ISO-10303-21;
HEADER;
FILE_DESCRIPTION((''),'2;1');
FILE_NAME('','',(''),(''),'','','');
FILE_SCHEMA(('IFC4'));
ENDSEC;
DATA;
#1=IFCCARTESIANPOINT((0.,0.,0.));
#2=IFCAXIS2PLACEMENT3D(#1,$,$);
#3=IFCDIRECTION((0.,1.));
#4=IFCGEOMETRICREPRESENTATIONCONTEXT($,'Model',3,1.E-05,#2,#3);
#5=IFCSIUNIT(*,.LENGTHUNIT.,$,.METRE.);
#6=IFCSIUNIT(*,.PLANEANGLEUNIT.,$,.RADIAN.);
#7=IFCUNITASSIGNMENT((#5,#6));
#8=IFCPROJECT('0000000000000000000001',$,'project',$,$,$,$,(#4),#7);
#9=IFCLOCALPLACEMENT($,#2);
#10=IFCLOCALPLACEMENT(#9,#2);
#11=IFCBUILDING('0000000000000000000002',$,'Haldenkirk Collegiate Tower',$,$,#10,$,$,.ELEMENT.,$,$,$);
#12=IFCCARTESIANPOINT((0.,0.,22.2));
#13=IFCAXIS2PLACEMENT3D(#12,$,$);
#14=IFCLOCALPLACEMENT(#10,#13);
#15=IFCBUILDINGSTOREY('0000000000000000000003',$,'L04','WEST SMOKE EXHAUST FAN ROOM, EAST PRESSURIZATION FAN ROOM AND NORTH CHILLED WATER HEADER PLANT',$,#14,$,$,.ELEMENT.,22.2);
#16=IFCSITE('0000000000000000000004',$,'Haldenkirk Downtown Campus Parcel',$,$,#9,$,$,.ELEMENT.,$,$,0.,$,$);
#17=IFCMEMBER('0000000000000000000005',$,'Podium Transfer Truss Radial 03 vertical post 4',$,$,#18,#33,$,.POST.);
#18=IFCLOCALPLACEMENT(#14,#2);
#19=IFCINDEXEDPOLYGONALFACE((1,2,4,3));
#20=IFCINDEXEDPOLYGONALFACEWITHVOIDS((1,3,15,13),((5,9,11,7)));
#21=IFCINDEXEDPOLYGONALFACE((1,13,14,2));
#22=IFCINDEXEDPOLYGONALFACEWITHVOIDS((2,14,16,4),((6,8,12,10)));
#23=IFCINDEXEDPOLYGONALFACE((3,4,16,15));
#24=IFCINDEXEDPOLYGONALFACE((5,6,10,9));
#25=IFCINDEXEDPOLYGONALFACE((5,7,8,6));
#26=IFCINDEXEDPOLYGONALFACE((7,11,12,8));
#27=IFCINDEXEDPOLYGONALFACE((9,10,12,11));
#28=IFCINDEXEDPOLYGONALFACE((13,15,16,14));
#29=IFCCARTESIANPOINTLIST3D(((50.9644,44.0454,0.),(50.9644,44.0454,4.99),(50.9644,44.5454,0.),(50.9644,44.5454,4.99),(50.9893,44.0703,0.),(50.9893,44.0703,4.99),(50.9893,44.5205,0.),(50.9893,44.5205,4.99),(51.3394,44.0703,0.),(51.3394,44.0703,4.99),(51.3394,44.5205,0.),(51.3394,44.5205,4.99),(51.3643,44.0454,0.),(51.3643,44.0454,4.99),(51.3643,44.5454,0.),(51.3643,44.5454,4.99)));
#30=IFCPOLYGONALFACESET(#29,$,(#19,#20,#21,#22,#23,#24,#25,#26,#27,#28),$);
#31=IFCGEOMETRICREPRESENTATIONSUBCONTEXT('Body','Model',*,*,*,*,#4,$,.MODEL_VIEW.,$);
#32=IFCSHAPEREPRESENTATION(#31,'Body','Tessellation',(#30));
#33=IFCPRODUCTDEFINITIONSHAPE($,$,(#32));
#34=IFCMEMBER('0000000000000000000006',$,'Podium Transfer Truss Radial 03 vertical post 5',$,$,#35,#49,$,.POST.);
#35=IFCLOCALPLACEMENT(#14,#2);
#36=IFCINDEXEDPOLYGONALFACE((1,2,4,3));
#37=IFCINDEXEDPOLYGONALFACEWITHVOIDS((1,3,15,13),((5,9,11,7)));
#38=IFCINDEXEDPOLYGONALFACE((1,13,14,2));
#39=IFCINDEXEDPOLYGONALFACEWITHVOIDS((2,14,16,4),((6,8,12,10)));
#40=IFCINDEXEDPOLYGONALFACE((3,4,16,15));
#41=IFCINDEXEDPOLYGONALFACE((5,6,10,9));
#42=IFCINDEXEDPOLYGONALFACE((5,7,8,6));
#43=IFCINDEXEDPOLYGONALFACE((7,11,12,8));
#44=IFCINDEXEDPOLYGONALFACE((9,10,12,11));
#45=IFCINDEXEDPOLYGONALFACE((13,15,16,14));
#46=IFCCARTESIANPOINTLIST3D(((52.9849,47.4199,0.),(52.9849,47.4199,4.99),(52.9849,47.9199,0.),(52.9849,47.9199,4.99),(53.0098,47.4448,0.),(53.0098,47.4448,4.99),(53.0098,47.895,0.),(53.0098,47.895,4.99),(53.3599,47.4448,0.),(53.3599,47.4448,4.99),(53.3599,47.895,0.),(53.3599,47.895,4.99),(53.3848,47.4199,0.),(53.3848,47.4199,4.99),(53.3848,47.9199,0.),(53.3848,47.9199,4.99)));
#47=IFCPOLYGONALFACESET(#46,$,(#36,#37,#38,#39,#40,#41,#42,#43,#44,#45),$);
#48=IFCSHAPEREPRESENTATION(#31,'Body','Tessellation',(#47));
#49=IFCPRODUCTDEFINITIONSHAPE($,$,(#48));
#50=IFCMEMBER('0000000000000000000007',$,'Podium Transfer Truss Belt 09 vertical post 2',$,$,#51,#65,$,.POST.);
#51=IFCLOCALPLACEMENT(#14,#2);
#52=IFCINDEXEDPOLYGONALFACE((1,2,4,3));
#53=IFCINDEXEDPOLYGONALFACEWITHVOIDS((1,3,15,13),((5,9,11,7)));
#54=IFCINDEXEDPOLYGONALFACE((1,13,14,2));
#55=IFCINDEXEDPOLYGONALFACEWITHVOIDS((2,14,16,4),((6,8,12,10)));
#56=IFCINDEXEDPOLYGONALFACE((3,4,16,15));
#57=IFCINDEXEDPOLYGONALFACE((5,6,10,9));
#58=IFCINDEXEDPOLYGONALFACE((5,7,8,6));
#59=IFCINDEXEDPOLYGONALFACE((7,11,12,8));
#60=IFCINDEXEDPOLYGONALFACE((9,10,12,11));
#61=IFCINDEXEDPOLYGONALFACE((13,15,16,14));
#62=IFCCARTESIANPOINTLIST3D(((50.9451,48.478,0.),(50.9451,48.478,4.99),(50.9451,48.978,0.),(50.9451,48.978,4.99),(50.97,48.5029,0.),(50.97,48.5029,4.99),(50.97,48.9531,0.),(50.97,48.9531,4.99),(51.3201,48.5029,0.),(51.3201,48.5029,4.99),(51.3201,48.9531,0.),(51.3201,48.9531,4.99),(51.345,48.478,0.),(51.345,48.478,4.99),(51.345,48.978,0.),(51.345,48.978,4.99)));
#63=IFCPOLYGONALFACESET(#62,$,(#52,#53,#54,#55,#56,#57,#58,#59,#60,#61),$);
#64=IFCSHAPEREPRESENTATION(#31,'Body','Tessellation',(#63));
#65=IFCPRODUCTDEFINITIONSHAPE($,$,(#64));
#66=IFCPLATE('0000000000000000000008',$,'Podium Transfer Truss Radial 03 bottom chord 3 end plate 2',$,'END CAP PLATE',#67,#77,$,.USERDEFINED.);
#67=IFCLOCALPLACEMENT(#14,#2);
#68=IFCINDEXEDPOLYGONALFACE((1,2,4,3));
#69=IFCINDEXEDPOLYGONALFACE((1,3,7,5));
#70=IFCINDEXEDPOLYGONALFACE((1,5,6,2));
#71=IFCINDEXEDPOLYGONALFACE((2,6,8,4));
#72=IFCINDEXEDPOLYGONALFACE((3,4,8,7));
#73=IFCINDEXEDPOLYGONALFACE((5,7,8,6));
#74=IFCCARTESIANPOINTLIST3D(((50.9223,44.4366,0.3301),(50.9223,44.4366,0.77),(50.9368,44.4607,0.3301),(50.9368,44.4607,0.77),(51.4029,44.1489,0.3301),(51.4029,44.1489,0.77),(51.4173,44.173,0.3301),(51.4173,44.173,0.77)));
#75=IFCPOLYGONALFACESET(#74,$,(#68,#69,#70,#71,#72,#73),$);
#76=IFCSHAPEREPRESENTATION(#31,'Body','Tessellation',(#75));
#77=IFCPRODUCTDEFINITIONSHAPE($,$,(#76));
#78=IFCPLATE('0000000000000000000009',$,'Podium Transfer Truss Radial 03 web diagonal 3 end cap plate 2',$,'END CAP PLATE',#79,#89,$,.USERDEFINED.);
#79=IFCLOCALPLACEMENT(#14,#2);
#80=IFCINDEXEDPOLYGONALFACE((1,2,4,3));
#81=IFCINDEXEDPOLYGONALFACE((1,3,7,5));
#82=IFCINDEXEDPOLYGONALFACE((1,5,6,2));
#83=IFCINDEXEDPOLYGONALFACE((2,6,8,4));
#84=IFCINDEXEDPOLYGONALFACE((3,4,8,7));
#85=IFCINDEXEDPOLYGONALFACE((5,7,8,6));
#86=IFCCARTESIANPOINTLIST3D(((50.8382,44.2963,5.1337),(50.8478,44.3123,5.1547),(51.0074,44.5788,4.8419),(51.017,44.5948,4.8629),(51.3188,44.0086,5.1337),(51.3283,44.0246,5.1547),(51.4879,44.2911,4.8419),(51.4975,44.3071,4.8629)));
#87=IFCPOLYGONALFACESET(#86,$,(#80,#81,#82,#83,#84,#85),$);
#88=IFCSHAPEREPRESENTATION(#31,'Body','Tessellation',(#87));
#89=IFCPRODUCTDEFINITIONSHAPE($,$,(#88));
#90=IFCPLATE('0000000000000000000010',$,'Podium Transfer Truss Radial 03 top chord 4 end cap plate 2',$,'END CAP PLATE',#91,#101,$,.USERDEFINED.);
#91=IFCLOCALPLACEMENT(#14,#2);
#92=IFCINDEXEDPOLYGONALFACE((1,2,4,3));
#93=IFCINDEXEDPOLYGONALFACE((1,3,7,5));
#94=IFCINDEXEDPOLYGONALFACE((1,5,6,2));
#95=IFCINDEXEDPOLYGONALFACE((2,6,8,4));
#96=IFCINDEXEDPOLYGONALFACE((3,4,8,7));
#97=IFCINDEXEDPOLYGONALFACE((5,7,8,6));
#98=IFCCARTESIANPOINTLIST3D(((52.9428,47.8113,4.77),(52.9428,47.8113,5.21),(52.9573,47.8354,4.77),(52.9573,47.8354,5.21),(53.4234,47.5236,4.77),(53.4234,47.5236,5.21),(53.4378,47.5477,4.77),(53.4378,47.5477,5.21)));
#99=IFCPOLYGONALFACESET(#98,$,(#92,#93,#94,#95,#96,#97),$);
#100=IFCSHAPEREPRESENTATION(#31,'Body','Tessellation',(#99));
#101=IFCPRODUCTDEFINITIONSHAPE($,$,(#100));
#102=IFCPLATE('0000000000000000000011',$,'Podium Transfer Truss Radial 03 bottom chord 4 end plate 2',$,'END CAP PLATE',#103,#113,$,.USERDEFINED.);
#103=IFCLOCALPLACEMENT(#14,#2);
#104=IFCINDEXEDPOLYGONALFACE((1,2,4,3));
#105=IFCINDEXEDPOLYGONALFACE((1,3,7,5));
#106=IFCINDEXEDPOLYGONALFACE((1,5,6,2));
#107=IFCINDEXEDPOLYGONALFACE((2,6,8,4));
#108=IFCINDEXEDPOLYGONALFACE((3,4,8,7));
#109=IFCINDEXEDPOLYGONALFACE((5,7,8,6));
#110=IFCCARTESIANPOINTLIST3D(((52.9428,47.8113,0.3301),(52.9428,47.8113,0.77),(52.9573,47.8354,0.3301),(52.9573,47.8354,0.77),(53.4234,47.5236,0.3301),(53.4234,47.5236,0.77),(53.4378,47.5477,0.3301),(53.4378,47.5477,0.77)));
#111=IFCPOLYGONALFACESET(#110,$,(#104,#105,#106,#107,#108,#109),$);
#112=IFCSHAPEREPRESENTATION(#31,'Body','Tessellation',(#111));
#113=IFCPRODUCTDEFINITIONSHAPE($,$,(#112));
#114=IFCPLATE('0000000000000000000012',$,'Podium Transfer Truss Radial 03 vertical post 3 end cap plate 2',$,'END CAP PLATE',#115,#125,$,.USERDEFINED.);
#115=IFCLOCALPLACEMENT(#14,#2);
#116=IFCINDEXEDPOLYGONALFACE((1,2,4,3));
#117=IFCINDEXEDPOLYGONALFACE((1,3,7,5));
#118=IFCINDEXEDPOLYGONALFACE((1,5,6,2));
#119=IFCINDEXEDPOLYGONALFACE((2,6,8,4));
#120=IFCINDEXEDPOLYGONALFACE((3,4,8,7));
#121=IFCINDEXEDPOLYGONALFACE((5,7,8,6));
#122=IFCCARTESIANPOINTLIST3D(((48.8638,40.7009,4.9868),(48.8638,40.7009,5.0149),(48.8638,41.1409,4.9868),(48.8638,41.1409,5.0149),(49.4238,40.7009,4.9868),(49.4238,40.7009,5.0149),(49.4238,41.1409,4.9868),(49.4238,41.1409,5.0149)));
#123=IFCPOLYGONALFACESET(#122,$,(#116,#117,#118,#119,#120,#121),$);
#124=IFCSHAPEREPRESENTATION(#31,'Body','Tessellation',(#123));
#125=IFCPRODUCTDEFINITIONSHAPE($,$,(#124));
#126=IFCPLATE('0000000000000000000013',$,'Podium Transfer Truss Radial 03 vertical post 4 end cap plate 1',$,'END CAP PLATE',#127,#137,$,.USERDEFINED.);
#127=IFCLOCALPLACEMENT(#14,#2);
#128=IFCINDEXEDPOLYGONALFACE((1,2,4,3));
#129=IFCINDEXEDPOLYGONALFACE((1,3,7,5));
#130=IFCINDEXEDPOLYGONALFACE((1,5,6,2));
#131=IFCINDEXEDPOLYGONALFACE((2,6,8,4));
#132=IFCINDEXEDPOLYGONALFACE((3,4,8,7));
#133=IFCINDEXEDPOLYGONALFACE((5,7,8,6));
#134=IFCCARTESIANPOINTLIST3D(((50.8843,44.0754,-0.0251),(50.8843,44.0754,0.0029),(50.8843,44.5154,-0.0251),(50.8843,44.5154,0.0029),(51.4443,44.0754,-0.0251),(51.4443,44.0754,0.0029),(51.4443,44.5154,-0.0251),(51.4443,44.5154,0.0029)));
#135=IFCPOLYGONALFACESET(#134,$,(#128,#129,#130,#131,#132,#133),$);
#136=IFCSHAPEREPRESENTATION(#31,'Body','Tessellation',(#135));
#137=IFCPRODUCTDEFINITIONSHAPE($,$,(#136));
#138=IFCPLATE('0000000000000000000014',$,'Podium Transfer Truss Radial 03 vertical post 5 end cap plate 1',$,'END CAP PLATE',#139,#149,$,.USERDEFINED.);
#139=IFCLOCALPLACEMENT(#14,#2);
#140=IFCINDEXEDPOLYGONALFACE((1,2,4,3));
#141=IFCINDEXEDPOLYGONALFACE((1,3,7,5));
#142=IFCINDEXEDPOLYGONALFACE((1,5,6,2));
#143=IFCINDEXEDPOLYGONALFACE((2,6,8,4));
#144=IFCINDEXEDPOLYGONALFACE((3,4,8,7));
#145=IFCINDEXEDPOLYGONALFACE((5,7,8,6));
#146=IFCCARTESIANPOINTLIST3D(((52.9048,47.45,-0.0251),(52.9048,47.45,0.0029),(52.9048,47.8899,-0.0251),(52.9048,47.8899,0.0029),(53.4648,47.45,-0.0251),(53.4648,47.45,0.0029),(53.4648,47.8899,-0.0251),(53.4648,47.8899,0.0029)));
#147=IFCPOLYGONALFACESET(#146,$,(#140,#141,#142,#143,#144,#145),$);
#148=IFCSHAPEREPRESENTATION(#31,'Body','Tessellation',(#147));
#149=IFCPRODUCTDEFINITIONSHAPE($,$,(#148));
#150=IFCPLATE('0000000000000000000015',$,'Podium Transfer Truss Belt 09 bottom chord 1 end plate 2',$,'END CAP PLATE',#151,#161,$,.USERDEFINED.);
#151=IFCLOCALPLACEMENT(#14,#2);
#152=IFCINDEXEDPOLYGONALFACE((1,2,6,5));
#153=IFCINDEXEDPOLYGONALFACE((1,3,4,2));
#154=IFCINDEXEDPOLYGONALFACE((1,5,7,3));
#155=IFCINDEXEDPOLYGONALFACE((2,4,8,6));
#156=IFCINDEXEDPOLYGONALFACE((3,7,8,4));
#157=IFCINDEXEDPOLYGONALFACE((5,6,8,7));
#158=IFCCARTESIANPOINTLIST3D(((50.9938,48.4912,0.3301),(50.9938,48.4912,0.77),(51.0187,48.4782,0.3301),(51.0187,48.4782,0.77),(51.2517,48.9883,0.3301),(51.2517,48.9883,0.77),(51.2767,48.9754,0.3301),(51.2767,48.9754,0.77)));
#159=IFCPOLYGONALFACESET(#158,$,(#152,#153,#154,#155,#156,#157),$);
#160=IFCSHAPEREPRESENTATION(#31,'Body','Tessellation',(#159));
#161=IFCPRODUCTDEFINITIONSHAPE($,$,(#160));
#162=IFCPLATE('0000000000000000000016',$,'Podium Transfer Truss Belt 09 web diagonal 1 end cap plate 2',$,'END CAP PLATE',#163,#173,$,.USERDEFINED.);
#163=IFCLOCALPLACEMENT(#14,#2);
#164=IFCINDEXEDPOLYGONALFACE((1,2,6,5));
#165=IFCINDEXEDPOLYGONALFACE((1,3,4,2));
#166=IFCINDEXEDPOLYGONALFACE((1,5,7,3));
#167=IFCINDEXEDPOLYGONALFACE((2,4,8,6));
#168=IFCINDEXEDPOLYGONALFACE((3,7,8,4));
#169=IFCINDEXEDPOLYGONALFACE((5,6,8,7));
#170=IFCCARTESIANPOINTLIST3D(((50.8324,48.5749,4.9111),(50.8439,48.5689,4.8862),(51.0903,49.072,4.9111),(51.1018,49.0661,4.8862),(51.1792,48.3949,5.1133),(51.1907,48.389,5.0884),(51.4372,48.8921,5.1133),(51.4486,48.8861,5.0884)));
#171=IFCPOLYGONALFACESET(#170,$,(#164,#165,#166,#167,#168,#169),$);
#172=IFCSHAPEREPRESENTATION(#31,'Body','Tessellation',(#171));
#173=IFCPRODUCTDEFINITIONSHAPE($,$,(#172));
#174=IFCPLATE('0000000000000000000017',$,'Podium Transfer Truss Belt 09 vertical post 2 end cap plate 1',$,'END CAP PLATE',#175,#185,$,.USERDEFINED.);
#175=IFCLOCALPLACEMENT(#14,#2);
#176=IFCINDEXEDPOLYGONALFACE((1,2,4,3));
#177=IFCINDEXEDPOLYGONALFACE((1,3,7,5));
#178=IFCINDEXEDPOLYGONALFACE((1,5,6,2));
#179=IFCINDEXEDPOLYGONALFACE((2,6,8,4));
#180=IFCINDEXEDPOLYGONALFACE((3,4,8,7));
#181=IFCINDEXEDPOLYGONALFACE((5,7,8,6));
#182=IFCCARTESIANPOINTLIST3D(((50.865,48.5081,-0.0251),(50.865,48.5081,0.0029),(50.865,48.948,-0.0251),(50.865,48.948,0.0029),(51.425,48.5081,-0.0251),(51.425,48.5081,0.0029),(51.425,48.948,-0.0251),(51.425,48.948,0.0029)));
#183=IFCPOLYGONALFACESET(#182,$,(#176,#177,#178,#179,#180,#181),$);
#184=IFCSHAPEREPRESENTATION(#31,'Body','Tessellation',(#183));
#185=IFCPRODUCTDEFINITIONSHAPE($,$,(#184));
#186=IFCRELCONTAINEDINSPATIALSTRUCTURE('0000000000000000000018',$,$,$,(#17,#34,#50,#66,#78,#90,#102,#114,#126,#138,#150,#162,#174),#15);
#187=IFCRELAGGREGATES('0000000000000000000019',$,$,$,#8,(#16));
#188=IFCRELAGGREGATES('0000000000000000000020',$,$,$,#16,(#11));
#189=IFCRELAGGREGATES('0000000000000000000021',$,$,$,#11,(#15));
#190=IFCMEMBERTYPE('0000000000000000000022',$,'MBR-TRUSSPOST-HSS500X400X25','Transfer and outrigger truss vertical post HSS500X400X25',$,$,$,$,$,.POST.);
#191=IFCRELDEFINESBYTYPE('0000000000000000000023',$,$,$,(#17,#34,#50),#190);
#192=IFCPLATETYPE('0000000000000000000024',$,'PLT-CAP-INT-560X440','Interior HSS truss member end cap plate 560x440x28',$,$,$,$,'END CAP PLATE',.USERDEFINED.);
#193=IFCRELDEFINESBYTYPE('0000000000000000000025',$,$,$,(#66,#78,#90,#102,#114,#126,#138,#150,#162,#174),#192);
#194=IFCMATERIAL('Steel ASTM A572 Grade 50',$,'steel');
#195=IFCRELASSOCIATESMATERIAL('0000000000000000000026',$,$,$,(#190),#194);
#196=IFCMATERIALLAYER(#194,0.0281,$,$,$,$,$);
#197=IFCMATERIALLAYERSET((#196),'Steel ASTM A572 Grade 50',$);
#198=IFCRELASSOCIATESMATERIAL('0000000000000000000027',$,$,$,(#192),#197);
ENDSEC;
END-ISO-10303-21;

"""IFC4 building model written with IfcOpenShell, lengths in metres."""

from ifc_helpers import new_model, si_unit, direction, frame, origin, origin_2d, place, context, subcontext, project, spatial, rectangle, hollow_rectangle, extrude, source, transform, mapped, material, layer, layer_set, material_profile, profile_set, type_object, element, save


model = new_model("IFC4")

# Units and contexts
model_context = context("Model", 3, precision=1e-05, world=origin(), true_north=direction((0.0, 1.0)))
body_context = subcontext(model_context, "Body", "Model", "MODEL_VIEW")
ifc_project = project(units=[si_unit("LENGTHUNIT", "METRE"), si_unit("PLANEANGLEUNIT", "RADIAN")], contexts=[model_context])

# Site, building, storey
site_placement = place(None, origin())
site = spatial("IfcSite", under=ifc_project, at=site_placement, Name="Haldenkirk Downtown Campus Parcel", CompositionType="ELEMENT", RefElevation=0.0)
building_placement = place(site_placement, origin())
building = spatial("IfcBuilding", under=site, at=building_placement, Name="Haldenkirk Collegiate Tower", CompositionType="ELEMENT")
storey_placement = place(building_placement, frame((0.0, 0.0, 22.2)))
storey = spatial("IfcBuildingStorey", under=building, at=storey_placement, Name="L04", Description="WEST SMOKE EXHAUST FAN ROOM, EAST PRESSURIZATION FAN ROOM AND NORTH CHILLED WATER HEADER PLANT", CompositionType="ELEMENT", Elevation=22.2)

# Members
ifc_material_1 = material(Name="Steel ASTM A572 Grade 50", Category="steel")
ifc_material_profile_1 = material_profile(ifc_material_1, hollow_rectangle(XDim=0.3999, YDim=0.5, WallThickness=0.0249, at=origin_2d()), Name="HSS500X400X25")
ifc_profile_set_1 = profile_set([ifc_material_profile_1], Name="Steel ASTM A572 Grade 50")
member_type_1 = type_object("IfcMemberType", Name="MBR-TRUSSPOST-HSS500X400X25", Description="Transfer and outrigger truss vertical post HSS500X400X25", PredefinedType="POST", material=ifc_profile_set_1)
for number, where, z_axis, x_axis, name in (
    (1, (51.1643, 44.2954, 0.0), (0.0, 0.0, 1.0), (1.0, 0.0, 0.0), "Podium Transfer Truss Radial 03 vertical post 4"),
    (2, (53.1848, 47.6699, 0.0), (0.0, 0.0, 1.0), (1.0, 0.0, 0.0), "Podium Transfer Truss Radial 03 vertical post 5"),
    (3, (51.145, 48.728, 0.0), (0.0, 0.0, 1.0), (1.0, 0.0, 0.0), "Podium Transfer Truss Belt 09 vertical post 2"),
):
    element("IfcMember", number, at=place(storey_placement, frame(where, z_axis=z_axis, x_axis=x_axis)), inside=storey, type_object=member_type_1, Name=name, PredefinedType="POST", context=body_context, shape_type="SweptSolid", body=[
        extrude(hollow_rectangle(XDim=0.3999, YDim=0.5, WallThickness=0.0249, at=origin_2d()), origin(), (0.0, 0.0, 1.0), 4.99),
    ])

# Plates
ifc_layer = layer(ifc_material_1, 0.0281)
ifc_layer_set = layer_set([ifc_layer], Name="Steel ASTM A572 Grade 50")
plate_type = type_object("IfcPlateType", Name="PLT-CAP-INT-560X440", Description="Interior HSS truss member end cap plate 560x440x28", ElementType="END CAP PLATE", PredefinedType="USERDEFINED", material=ifc_layer_set)
shared_shape = source(origin(), body_context, "Body", "SweptSolid", [
    extrude(rectangle(XDim=0.5601, YDim=0.4399, at=origin_2d()), origin(), (0.0, 0.0, 1.0), 0.0281),
])
for number, where, z_axis, x_axis, name in (
    (4, (51.1626, 44.2927, 0.55), (0.513699, 0.85797, 0.0), (-0.85797, 0.513699, 0.0), "Podium Transfer Truss Radial 03 bottom chord 3 end plate 2"),
    (5, (51.1631, 44.2937, 4.9878), (0.340633, 0.568918, 0.748533), (-0.85797, 0.513699, 0.0), "Podium Transfer Truss Radial 03 web diagonal 3 end cap plate 2"),
    (6, (53.1831, 47.6675, 4.99), (0.513699, 0.85797, 0.0), (-0.85797, 0.513699, 0.0), "Podium Transfer Truss Radial 03 top chord 4 end cap plate 2"),
    (7, (53.1831, 47.6675, 0.55), (0.513699, 0.85797, 0.0), (-0.85797, 0.513699, 0.0), "Podium Transfer Truss Radial 03 bottom chord 4 end plate 2"),
    (8, (49.1438, 40.9209, 4.9868), (0.0, 0.0, 1.0), (1.0, 0.0, 0.0), "Podium Transfer Truss Radial 03 vertical post 3 end cap plate 2"),
    (9, (51.1643, 44.2954, 0.0029), (0.0, 0.0, -1.0), (1.0, 0.0, 0.0), "Podium Transfer Truss Radial 03 vertical post 4 end cap plate 1"),
    (10, (53.1848, 47.6699, 0.0029), (0.0, 0.0, -1.0), (1.0, 0.0, 0.0), "Podium Transfer Truss Radial 03 vertical post 5 end cap plate 1"),
    (11, (51.1477, 48.7268, 0.55), (-0.887654, 0.46051, 0.0), (-0.46051, -0.887654, 0.0), "Podium Transfer Truss Belt 09 bottom chord 1 end plate 2"),
    (12, (51.1462, 48.7275, 4.9873), (-0.407976, 0.211649, 0.888122), (-0.460499, -0.88766, 0.0), "Podium Transfer Truss Belt 09 web diagonal 1 end cap plate 2"),
    (13, (51.145, 48.728, 0.0029), (0.0, 0.0, -1.0), (1.0, 0.0, 0.0), "Podium Transfer Truss Belt 09 vertical post 2 end cap plate 1"),
):
    element("IfcPlate", number, at=place(storey_placement, frame(where, z_axis=z_axis, x_axis=x_axis)), inside=storey, type_object=plate_type, Name=name, ObjectType="END CAP PLATE", PredefinedType="USERDEFINED", context=body_context, shape_type="MappedRepresentation", body=[
        mapped(shared_shape, transform((0.0, 0.0, 0.0), x_axis=(1.0, 0.0, 0.0), y_axis=(0.0, 1.0, 0.0), z_axis=(0.0, 0.0, 1.0), scale=1.0)),
    ])

save(model, "model.ifc")
